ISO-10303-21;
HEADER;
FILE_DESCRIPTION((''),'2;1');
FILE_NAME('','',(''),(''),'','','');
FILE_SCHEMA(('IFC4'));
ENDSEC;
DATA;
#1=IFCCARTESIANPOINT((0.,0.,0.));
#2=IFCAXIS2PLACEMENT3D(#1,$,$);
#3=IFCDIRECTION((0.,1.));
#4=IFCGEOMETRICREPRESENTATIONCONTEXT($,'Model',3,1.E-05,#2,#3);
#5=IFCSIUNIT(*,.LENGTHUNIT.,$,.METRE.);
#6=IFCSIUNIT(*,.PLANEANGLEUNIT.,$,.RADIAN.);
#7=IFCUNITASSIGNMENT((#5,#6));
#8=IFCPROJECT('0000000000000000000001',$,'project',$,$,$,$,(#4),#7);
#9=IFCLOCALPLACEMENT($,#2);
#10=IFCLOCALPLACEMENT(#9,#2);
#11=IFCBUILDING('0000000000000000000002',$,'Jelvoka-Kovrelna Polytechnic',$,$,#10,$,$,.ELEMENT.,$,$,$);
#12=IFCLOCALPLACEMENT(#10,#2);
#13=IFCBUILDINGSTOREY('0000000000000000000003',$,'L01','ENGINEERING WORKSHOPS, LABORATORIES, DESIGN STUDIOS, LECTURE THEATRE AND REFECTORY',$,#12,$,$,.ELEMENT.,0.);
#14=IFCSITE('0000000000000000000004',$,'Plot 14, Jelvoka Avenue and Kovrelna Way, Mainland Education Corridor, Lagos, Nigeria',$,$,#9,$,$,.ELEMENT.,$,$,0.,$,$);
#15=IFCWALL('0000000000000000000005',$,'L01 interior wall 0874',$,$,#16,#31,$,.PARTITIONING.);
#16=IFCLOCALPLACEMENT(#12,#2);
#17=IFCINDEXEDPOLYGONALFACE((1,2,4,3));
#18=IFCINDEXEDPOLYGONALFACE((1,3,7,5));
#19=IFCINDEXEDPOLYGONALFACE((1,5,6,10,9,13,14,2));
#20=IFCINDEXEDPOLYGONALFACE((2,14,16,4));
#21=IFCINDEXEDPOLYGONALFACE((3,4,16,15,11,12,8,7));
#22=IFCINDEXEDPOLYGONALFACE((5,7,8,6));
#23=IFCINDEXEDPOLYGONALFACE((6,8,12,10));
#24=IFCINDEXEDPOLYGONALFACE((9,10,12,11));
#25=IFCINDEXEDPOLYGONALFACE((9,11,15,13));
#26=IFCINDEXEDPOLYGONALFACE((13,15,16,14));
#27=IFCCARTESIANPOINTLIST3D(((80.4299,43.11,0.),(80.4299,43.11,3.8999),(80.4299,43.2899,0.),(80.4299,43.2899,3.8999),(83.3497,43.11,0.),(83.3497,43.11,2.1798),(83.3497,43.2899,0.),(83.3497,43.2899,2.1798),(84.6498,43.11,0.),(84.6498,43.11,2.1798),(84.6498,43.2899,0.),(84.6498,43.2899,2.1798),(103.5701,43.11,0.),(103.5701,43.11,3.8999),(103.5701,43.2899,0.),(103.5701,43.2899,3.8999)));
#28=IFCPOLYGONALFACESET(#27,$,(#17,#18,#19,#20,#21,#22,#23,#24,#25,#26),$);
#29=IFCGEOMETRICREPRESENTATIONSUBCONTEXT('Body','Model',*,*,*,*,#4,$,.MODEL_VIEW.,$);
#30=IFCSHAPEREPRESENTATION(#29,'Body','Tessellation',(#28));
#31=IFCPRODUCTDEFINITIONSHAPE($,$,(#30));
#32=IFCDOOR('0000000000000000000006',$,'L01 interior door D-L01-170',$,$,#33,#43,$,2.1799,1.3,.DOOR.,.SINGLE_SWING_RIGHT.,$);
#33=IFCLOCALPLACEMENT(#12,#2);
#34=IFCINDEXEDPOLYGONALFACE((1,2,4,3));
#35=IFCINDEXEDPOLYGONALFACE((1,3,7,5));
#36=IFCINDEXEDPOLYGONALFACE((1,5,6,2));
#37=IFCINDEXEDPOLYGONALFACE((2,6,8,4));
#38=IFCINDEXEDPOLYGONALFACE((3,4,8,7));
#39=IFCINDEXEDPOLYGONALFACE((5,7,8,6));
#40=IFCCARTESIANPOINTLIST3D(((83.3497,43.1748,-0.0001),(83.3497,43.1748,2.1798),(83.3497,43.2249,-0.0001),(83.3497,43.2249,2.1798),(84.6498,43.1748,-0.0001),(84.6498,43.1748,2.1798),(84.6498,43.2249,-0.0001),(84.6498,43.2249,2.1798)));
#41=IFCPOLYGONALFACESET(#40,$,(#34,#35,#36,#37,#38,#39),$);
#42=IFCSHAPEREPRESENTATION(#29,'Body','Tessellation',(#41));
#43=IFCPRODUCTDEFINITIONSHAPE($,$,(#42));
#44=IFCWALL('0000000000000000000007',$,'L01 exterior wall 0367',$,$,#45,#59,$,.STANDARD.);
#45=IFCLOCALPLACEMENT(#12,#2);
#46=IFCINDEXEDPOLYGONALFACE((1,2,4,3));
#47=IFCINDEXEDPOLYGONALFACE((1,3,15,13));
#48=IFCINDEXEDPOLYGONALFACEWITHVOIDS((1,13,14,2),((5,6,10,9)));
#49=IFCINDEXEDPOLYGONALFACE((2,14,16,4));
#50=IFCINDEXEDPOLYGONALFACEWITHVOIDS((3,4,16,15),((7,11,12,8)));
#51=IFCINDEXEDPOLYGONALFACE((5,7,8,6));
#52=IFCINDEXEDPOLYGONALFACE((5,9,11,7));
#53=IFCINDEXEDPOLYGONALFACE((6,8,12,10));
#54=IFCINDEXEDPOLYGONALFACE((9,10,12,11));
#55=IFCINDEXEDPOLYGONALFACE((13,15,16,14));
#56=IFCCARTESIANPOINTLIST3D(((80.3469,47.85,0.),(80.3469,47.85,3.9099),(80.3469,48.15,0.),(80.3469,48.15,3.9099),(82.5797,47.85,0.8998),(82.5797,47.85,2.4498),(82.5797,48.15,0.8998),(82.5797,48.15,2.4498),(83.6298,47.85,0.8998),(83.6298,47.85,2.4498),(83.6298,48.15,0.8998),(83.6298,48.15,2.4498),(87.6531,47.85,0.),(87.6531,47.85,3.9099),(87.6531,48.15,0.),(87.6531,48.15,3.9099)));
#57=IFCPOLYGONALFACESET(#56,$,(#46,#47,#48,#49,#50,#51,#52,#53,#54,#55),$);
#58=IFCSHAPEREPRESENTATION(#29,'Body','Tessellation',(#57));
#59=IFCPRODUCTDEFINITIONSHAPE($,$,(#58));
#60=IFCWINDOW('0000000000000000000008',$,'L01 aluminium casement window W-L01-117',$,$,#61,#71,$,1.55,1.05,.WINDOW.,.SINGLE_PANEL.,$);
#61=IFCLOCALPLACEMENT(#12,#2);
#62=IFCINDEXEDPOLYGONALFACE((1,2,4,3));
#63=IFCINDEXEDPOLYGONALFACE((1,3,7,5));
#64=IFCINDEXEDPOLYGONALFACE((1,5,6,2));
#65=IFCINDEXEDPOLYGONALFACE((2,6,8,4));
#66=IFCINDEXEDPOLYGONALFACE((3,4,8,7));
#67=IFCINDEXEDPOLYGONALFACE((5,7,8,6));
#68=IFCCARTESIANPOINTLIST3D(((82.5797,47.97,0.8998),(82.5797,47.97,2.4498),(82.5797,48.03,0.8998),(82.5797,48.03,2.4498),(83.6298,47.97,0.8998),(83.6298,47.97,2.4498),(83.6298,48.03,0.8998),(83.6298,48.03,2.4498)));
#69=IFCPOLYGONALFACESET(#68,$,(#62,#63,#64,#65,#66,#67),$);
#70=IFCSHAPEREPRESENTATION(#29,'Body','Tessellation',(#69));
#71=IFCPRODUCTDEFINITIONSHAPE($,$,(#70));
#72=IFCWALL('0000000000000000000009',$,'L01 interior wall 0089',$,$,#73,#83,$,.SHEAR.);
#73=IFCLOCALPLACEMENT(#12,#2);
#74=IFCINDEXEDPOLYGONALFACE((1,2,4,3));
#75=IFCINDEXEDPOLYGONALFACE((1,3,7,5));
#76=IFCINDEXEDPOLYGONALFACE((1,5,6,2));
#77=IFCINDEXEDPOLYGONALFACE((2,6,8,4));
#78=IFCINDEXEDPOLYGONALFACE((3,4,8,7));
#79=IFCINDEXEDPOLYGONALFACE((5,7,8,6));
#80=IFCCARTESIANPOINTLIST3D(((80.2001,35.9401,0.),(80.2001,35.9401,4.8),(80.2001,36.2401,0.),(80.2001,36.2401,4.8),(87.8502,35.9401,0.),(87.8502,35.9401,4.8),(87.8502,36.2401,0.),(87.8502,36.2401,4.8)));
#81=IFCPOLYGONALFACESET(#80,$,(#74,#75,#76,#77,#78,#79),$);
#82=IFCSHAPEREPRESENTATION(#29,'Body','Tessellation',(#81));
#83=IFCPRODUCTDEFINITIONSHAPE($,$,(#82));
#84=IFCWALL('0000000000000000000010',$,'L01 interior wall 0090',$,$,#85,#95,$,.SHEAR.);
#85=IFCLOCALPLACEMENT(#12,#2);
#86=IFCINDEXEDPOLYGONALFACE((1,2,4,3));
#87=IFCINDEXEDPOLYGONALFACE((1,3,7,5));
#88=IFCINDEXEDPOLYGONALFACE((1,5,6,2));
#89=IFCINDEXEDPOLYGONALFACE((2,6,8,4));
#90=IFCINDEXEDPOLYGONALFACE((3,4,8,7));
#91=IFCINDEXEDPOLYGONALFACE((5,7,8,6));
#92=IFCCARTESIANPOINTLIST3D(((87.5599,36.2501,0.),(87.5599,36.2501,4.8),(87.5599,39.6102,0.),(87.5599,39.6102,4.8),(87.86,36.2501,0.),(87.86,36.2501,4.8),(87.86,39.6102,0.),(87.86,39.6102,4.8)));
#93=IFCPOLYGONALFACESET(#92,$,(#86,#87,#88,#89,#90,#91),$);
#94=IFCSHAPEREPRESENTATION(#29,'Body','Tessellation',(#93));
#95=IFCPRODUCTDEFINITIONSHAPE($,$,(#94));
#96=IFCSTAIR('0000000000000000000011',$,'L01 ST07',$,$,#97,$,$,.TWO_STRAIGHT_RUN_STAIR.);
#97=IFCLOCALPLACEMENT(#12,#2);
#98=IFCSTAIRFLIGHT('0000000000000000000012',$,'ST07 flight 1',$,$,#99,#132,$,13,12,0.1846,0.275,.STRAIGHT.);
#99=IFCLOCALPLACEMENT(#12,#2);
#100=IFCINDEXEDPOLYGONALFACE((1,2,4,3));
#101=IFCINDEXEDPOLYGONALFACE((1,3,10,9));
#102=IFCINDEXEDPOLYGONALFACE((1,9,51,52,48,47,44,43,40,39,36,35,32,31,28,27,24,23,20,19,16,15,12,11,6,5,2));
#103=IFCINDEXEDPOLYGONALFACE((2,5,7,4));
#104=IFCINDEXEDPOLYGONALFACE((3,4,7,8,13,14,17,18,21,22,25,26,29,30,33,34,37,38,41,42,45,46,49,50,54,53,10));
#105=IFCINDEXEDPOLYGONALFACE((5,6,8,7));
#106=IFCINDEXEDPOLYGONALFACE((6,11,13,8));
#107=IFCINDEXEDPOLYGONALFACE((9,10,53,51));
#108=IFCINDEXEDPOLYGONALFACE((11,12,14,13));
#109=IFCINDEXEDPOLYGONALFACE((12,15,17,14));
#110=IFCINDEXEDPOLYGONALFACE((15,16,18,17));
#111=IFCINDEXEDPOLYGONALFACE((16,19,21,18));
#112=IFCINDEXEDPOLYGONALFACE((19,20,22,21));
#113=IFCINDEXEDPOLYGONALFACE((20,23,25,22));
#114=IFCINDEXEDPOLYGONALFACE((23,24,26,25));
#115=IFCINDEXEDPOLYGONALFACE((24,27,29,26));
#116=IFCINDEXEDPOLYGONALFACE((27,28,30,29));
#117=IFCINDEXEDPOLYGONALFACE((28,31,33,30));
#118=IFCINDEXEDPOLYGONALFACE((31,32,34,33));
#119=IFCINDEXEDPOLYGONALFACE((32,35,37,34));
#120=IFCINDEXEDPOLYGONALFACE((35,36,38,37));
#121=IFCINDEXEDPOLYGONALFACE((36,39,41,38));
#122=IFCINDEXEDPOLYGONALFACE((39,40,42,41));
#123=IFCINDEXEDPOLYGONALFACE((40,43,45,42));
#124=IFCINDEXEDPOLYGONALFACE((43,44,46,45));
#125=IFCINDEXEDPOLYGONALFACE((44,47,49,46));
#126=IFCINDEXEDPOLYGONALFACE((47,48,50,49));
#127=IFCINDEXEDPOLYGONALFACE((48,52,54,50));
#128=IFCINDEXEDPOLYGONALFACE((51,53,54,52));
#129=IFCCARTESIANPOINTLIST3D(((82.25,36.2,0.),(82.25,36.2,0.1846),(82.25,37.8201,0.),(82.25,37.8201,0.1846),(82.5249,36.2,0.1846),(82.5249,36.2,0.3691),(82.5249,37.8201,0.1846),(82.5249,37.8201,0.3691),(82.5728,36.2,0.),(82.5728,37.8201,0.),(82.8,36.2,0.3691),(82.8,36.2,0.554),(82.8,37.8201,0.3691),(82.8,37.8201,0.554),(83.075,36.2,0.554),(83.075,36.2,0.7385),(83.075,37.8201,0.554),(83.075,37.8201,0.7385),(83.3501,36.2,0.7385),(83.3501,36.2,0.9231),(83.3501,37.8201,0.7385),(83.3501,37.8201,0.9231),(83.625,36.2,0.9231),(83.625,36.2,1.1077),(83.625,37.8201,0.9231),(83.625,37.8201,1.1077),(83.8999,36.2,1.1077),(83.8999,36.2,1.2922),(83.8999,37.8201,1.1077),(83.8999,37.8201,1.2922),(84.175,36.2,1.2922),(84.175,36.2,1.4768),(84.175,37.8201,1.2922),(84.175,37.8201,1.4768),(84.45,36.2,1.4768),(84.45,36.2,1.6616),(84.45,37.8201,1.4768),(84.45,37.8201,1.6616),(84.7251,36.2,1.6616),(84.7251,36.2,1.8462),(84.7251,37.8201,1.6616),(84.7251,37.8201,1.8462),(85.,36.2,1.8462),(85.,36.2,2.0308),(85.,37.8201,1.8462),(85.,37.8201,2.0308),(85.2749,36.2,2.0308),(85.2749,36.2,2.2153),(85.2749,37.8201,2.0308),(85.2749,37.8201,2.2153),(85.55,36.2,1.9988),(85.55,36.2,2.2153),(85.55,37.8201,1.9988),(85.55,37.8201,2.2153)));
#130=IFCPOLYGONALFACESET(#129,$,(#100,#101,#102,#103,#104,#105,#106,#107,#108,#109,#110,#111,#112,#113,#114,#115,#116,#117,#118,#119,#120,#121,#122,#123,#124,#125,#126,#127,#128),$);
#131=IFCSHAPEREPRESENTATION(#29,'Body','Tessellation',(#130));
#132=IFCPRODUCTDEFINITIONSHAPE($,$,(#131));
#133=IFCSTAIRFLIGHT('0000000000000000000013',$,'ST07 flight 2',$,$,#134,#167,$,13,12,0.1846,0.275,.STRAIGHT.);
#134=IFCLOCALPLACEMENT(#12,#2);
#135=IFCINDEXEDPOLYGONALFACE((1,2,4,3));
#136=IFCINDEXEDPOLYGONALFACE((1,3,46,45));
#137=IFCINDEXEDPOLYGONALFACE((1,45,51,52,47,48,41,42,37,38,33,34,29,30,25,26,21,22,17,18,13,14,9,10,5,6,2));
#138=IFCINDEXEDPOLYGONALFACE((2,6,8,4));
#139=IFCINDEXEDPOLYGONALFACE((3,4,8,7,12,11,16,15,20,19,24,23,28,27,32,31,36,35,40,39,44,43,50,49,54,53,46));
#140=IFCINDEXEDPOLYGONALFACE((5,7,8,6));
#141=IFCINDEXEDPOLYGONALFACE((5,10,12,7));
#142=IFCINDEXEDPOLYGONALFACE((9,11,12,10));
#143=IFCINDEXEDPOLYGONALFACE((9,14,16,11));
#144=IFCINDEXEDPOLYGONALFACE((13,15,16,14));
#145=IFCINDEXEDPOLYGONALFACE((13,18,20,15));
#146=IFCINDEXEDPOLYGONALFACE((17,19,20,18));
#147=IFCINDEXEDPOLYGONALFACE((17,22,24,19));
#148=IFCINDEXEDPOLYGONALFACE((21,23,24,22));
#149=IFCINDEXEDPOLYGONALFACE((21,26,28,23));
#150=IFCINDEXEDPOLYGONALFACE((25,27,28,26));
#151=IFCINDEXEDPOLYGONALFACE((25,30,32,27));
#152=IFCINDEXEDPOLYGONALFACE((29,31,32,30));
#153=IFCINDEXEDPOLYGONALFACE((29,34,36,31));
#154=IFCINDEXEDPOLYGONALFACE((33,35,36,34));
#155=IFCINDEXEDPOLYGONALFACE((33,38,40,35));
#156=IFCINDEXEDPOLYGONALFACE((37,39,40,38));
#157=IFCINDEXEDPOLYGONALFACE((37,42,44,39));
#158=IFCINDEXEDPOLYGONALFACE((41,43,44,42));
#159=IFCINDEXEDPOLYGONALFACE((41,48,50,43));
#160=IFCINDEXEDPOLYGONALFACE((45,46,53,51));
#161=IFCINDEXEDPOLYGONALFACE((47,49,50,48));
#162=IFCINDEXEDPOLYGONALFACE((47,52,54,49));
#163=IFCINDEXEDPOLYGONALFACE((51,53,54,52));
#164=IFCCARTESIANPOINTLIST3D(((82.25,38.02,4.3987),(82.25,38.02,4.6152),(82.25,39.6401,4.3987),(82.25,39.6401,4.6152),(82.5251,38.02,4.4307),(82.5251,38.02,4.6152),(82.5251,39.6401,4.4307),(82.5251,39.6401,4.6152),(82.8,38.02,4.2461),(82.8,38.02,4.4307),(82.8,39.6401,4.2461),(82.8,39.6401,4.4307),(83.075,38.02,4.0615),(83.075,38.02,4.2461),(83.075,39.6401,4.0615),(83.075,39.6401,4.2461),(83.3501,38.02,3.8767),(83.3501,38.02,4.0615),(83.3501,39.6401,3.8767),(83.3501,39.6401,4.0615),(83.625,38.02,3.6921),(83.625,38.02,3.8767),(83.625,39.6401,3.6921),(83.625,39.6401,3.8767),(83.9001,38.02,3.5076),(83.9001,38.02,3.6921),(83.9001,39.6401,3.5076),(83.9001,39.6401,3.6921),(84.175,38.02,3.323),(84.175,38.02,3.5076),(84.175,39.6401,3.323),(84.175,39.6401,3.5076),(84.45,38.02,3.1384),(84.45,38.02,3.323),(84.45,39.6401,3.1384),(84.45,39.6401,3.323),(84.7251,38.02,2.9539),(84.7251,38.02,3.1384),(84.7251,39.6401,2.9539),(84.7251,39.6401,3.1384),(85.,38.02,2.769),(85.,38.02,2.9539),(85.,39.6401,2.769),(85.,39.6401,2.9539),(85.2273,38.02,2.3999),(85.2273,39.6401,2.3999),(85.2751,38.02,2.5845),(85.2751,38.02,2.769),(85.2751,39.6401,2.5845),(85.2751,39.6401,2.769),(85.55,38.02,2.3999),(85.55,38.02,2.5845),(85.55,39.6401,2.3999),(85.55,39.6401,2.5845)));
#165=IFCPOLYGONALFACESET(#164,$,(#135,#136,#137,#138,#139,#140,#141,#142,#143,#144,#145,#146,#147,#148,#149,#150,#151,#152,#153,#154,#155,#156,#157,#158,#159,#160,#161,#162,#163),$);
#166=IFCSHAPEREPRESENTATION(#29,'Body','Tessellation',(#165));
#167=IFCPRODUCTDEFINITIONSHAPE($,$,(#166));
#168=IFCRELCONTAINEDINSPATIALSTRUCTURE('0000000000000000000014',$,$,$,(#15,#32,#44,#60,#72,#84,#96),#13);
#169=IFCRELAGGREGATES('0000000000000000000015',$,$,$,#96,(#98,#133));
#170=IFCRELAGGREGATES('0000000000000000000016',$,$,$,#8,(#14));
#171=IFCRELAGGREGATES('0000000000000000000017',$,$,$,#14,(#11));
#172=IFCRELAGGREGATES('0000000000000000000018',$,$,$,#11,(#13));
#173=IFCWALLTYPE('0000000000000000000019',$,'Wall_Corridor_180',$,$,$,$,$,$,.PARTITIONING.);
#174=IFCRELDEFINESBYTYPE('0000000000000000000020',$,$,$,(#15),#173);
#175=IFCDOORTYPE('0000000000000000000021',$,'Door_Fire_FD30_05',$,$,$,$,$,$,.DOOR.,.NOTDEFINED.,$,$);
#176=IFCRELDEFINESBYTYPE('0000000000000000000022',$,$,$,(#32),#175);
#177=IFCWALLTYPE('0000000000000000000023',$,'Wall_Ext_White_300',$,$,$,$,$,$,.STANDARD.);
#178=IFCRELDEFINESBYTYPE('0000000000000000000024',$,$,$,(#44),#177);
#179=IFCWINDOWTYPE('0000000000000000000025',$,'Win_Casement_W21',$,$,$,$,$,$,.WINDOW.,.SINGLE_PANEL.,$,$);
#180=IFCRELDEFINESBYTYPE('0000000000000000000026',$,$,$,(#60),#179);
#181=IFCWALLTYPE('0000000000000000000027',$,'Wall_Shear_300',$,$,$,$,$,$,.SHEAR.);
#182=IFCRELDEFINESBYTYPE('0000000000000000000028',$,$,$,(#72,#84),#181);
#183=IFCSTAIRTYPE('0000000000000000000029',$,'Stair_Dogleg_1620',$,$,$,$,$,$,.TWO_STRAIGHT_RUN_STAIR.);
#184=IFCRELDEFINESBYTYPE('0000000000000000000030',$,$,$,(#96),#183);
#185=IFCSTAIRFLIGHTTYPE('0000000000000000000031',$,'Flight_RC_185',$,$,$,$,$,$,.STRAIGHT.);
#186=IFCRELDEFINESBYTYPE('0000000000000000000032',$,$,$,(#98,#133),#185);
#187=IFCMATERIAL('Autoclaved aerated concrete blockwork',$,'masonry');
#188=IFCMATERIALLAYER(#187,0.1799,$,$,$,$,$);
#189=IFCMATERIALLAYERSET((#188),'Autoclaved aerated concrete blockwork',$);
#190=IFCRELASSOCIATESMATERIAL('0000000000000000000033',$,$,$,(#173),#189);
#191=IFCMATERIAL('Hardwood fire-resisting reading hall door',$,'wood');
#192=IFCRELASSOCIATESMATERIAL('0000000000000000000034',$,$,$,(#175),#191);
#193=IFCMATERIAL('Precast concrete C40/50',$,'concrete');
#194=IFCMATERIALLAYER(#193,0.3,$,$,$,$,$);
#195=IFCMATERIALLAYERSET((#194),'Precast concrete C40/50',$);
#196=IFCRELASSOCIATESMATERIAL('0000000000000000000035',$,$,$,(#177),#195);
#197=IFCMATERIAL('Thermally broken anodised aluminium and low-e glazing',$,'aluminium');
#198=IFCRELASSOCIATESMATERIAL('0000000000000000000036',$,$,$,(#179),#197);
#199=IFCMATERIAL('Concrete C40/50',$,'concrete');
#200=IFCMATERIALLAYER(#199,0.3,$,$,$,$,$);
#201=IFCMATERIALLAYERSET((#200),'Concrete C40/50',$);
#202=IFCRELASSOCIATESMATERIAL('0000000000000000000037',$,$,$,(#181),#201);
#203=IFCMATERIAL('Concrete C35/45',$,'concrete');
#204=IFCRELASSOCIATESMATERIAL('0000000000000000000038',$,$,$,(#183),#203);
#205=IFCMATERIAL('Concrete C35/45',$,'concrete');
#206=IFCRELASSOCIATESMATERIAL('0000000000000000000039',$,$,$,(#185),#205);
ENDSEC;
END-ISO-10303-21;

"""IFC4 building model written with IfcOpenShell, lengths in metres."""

from ifc_helpers import new_model, si_unit, direction, frame, frame_2d, origin, place, context, subcontext, project, spatial, polyline, rectangle, outline, extrude, material, layer, layer_set, type_object, element, fill, aggregate, save


model = new_model("IFC4")

# Units and contexts
model_context = context("Model", 3, precision=1e-05, world=origin(), true_north=direction((0.0, 1.0)))
body_context = subcontext(model_context, "Body", "Model", "MODEL_VIEW")
ifc_project = project(units=[si_unit("LENGTHUNIT", "METRE"), si_unit("PLANEANGLEUNIT", "RADIAN")], contexts=[model_context])

# Site, building, storey
site_placement = place(None, origin())
site = spatial("IfcSite", under=ifc_project, at=site_placement, Name="Plot 14, Jelvoka Avenue and Kovrelna Way, Mainland Education Corridor, Lagos, Nigeria", CompositionType="ELEMENT", RefElevation=0.0)
building_placement = place(site_placement, origin())
building = spatial("IfcBuilding", under=site, at=building_placement, Name="Jelvoka-Kovrelna Polytechnic", CompositionType="ELEMENT")
storey_placement = place(building_placement, origin())
storey = spatial("IfcBuildingStorey", under=building, at=storey_placement, Name="L01", Description="ENGINEERING WORKSHOPS, LABORATORIES, DESIGN STUDIOS, LECTURE THEATRE AND REFECTORY", CompositionType="ELEMENT", Elevation=0.0)

# Wall, opening, door
ifc_material_1 = material(Name="Autoclaved aerated concrete blockwork", Category="masonry")
ifc_layer_1 = layer(ifc_material_1, 0.1799)
ifc_layer_set_1 = layer_set([ifc_layer_1], Name="Autoclaved aerated concrete blockwork")
wall_type_1 = type_object("IfcWallType", Name="Wall_Corridor_180", PredefinedType="PARTITIONING", material=ifc_layer_set_1)
wall_1_placement = place(storey_placement, frame((80.4299, 43.2, 0.0), z_axis=(0.0, 0.0, 1.0), x_axis=(1.0, 0.0, 0.0)))
wall_1 = element("IfcWall", 1, at=wall_1_placement, inside=storey, type_object=wall_type_1, Name="L01 interior wall 0874", PredefinedType="PARTITIONING", context=body_context, shape_type="SweptSolid", body=[
    extrude(rectangle(XDim=23.1401, YDim=0.1799, at=frame_2d((11.5701, 0.0))), origin(), (0.0, 0.0, 1.0), 3.8999),
])
opening_1_placement = place(wall_1_placement, frame((2.9199, 0.0, 0.0)))
opening_1 = element("IfcOpeningElement", 2, at=opening_1_placement, cuts=wall_1, PredefinedType="OPENING", context=body_context, shape_type="SweptSolid", body=[
    extrude(rectangle(XDim=1.3, YDim=2.1799, at=frame_2d((0.6499, 1.0898))), frame((0.0, 0.0999, 0.0), z_axis=(0.0, -1.0, 0.0), x_axis=(1.0, 0.0, 0.0)), (0.0, 0.0, 1.0), 0.2),
])
ifc_material_2 = material(Name="Hardwood fire-resisting reading hall door", Category="wood")
door_type_1 = type_object("IfcDoorType", Name="Door_Fire_FD30_05", OperationType="NOTDEFINED", PredefinedType="DOOR", material=ifc_material_2)
door_1_placement = place(opening_1_placement, origin())
door_1 = element("IfcDoor", 3, at=door_1_placement, inside=storey, type_object=door_type_1, Name="L01 interior door D-L01-170", OperationType="SINGLE_SWING_RIGHT", OverallHeight=2.1799, OverallWidth=1.3, PredefinedType="DOOR", context=body_context, shape_type="SweptSolid", body=[
    extrude(rectangle(XDim=1.3, YDim=2.1799, at=frame_2d((0.6499, 1.0898))), frame((0.0, 0.0249, 0.0), z_axis=(0.0, -1.0, 0.0), x_axis=(1.0, 0.0, 0.0)), (0.0, 0.0, 1.0), 0.05),
])
fill(opening_1, door_1)

# Wall, opening, window
ifc_material_3 = material(Name="Precast concrete C40/50", Category="concrete")
ifc_layer_2 = layer(ifc_material_3, 0.3)
ifc_layer_set_2 = layer_set([ifc_layer_2], Name="Precast concrete C40/50")
wall_type_2 = type_object("IfcWallType", Name="Wall_Ext_White_300", PredefinedType="STANDARD", material=ifc_layer_set_2)
wall_2_placement = place(storey_placement, frame((80.3469, 48.0, 0.0), z_axis=(0.0, 0.0, 1.0), x_axis=(1.0, 0.0, 0.0)))
wall_2 = element("IfcWall", 4, at=wall_2_placement, inside=storey, type_object=wall_type_2, Name="L01 exterior wall 0367", PredefinedType="STANDARD", context=body_context, shape_type="SweptSolid", body=[
    extrude(rectangle(XDim=7.3062, YDim=0.3, at=frame_2d((3.6531, 0.0))), origin(), (0.0, 0.0, 1.0), 3.9099),
])
opening_2_placement = place(wall_2_placement, frame((2.2329, 0.0, 0.8999)))
opening_2 = element("IfcOpeningElement", 5, at=opening_2_placement, cuts=wall_2, PredefinedType="OPENING", context=body_context, shape_type="SweptSolid", body=[
    extrude(rectangle(XDim=1.05, YDim=1.55, at=frame_2d((0.5249, 0.7749))), frame((0.0, 0.1599, 0.0), z_axis=(0.0, -1.0, 0.0), x_axis=(1.0, 0.0, 0.0)), (0.0, 0.0, 1.0), 0.3201),
])
ifc_material_4 = material(Name="Thermally broken anodised aluminium and low-e glazing", Category="aluminium")
window_type = type_object("IfcWindowType", Name="Win_Casement_W21", PartitioningType="SINGLE_PANEL", PredefinedType="WINDOW", material=ifc_material_4)
window_placement = place(opening_2_placement, origin())
window = element("IfcWindow", 6, at=window_placement, inside=storey, type_object=window_type, Name="L01 aluminium casement window W-L01-117", OverallHeight=1.55, OverallWidth=1.05, PartitioningType="SINGLE_PANEL", PredefinedType="WINDOW", context=body_context, shape_type="SweptSolid", body=[
    extrude(rectangle(XDim=1.05, YDim=1.55, at=frame_2d((0.5249, 0.7749))), frame((0.0, 0.03, 0.0), z_axis=(0.0, -1.0, 0.0), x_axis=(1.0, 0.0, 0.0)), (0.0, 0.0, 1.0), 0.0601),
])
fill(opening_2, window)

# Walls
ifc_material_5 = material(Name="Concrete C40/50", Category="concrete")
ifc_layer_3 = layer(ifc_material_5, 0.3)
ifc_layer_set_3 = layer_set([ifc_layer_3], Name="Concrete C40/50")
wall_type_3 = type_object("IfcWallType", Name="Wall_Shear_300", PredefinedType="SHEAR", material=ifc_layer_set_3)
wall_3_placement = place(storey_placement, frame((80.2, 36.0901, 0.0), z_axis=(0.0, 0.0, 1.0), x_axis=(1.0, 0.0, 0.0)))
element("IfcWall", 7, at=wall_3_placement, inside=storey, type_object=wall_type_3, Name="L01 interior wall 0089", PredefinedType="SHEAR", context=body_context, shape_type="SweptSolid", body=[
    extrude(rectangle(XDim=7.6501, YDim=0.3, at=frame_2d((3.8252, 0.0))), origin(), (0.0, 0.0, 1.0), 4.8),
])
wall_4_placement = place(storey_placement, frame((87.71, 36.25, 0.0), z_axis=(0.0, 0.0, 1.0), x_axis=(0.0, 1.0, 0.0)))
element("IfcWall", 8, at=wall_4_placement, inside=storey, type_object=wall_type_3, Name="L01 interior wall 0090", PredefinedType="SHEAR", context=body_context, shape_type="SweptSolid", body=[
    extrude(rectangle(XDim=3.3601, YDim=0.3, at=frame_2d((1.6802, 0.0))), origin(), (0.0, 0.0, 1.0), 4.8),
])

# Stair, stair flights
ifc_material_6 = material(Name="Concrete C35/45", Category="concrete")
stair_type = type_object("IfcStairType", Name="Stair_Dogleg_1620", PredefinedType="TWO_STRAIGHT_RUN_STAIR", material=ifc_material_6)
stair_placement = place(storey_placement, origin())
stair = element("IfcStair", 9, at=stair_placement, inside=storey, type_object=stair_type, Name="L01 ST07", PredefinedType="TWO_STRAIGHT_RUN_STAIR")
ifc_material_7 = material(Name="Concrete C35/45", Category="concrete")
stair_flight_type = type_object("IfcStairFlightType", Name="Flight_RC_185", PredefinedType="STRAIGHT", material=ifc_material_7)
stair_flight_1_placement = place(storey_placement, frame((82.25, 37.01, 0.0), z_axis=(0.0, 0.0, 1.0), x_axis=(1.0, 0.0, 0.0)))
stair_flight_1 = element("IfcStairFlight", 10, at=stair_flight_1_placement, type_object=stair_flight_type, Name="ST07 flight 1", NumberOfRisers=13, NumberOfTreads=12, PredefinedType="STRAIGHT", RiserHeight=0.1846, TreadLength=0.275, context=body_context, shape_type="SweptSolid", body=[
    extrude(outline(polyline([(0.0, 0.0), (0.0, 0.1846), (0.2749, 0.1846), (0.2749, 0.3691), (0.55, 0.3691), (0.55, 0.554), (0.825, 0.554), (0.825, 0.7385), (1.1001, 0.7385), (1.1001, 0.9231), (1.375, 0.9231), (1.375, 1.1077), (1.6499, 1.1077), (1.6499, 1.2922), (1.925, 1.2922), (1.925, 1.4768), (2.2, 1.4768), (2.2, 1.6616), (2.4751, 1.6616), (2.4751, 1.8462), (2.75, 1.8462), (2.75, 2.0308), (3.0249, 2.0308), (3.0249, 2.2153), (3.3, 2.2153), (3.3, 2.3999), (3.3, 1.9988), (0.3228, 0.0), (0.0, 0.0)])), frame((0.0, 0.8101, 0.0), z_axis=(0.0, -1.0, 0.0), x_axis=(1.0, 0.0, 0.0)), (0.0, 0.0, 1.0), 1.6201),
])
stair_flight_2_placement = place(storey_placement, frame((85.55, 38.8301, 2.3999), z_axis=(0.0, 0.0, 1.0), x_axis=(-1.0, 0.0, 0.0)))
stair_flight_2 = element("IfcStairFlight", 11, at=stair_flight_2_placement, type_object=stair_flight_type, Name="ST07 flight 2", NumberOfRisers=13, NumberOfTreads=12, PredefinedType="STRAIGHT", RiserHeight=0.1846, TreadLength=0.275, context=body_context, shape_type="SweptSolid", body=[
    extrude(outline(polyline([(0.0, 0.0), (0.0, 0.1846), (0.2749, 0.1846), (0.2749, 0.3691), (0.55, 0.3691), (0.55, 0.554), (0.825, 0.554), (0.825, 0.7385), (1.1001, 0.7385), (1.1001, 0.9231), (1.375, 0.9231), (1.375, 1.1077), (1.6499, 1.1077), (1.6499, 1.2922), (1.925, 1.2922), (1.925, 1.4768), (2.2, 1.4768), (2.2, 1.6616), (2.4751, 1.6616), (2.4751, 1.8462), (2.75, 1.8462), (2.75, 2.0308), (3.0249, 2.0308), (3.0249, 2.2153), (3.3, 2.2153), (3.3, 2.3999), (3.3, 1.9988), (0.3228, 0.0), (0.0, 0.0)])), frame((0.0, 0.8101, 0.0), z_axis=(0.0, -1.0, 0.0), x_axis=(1.0, 0.0, 0.0)), (0.0, 0.0, 1.0), 1.6201),
])
aggregate(stair, [stair_flight_1, stair_flight_2])

save(model, "model.ifc")
